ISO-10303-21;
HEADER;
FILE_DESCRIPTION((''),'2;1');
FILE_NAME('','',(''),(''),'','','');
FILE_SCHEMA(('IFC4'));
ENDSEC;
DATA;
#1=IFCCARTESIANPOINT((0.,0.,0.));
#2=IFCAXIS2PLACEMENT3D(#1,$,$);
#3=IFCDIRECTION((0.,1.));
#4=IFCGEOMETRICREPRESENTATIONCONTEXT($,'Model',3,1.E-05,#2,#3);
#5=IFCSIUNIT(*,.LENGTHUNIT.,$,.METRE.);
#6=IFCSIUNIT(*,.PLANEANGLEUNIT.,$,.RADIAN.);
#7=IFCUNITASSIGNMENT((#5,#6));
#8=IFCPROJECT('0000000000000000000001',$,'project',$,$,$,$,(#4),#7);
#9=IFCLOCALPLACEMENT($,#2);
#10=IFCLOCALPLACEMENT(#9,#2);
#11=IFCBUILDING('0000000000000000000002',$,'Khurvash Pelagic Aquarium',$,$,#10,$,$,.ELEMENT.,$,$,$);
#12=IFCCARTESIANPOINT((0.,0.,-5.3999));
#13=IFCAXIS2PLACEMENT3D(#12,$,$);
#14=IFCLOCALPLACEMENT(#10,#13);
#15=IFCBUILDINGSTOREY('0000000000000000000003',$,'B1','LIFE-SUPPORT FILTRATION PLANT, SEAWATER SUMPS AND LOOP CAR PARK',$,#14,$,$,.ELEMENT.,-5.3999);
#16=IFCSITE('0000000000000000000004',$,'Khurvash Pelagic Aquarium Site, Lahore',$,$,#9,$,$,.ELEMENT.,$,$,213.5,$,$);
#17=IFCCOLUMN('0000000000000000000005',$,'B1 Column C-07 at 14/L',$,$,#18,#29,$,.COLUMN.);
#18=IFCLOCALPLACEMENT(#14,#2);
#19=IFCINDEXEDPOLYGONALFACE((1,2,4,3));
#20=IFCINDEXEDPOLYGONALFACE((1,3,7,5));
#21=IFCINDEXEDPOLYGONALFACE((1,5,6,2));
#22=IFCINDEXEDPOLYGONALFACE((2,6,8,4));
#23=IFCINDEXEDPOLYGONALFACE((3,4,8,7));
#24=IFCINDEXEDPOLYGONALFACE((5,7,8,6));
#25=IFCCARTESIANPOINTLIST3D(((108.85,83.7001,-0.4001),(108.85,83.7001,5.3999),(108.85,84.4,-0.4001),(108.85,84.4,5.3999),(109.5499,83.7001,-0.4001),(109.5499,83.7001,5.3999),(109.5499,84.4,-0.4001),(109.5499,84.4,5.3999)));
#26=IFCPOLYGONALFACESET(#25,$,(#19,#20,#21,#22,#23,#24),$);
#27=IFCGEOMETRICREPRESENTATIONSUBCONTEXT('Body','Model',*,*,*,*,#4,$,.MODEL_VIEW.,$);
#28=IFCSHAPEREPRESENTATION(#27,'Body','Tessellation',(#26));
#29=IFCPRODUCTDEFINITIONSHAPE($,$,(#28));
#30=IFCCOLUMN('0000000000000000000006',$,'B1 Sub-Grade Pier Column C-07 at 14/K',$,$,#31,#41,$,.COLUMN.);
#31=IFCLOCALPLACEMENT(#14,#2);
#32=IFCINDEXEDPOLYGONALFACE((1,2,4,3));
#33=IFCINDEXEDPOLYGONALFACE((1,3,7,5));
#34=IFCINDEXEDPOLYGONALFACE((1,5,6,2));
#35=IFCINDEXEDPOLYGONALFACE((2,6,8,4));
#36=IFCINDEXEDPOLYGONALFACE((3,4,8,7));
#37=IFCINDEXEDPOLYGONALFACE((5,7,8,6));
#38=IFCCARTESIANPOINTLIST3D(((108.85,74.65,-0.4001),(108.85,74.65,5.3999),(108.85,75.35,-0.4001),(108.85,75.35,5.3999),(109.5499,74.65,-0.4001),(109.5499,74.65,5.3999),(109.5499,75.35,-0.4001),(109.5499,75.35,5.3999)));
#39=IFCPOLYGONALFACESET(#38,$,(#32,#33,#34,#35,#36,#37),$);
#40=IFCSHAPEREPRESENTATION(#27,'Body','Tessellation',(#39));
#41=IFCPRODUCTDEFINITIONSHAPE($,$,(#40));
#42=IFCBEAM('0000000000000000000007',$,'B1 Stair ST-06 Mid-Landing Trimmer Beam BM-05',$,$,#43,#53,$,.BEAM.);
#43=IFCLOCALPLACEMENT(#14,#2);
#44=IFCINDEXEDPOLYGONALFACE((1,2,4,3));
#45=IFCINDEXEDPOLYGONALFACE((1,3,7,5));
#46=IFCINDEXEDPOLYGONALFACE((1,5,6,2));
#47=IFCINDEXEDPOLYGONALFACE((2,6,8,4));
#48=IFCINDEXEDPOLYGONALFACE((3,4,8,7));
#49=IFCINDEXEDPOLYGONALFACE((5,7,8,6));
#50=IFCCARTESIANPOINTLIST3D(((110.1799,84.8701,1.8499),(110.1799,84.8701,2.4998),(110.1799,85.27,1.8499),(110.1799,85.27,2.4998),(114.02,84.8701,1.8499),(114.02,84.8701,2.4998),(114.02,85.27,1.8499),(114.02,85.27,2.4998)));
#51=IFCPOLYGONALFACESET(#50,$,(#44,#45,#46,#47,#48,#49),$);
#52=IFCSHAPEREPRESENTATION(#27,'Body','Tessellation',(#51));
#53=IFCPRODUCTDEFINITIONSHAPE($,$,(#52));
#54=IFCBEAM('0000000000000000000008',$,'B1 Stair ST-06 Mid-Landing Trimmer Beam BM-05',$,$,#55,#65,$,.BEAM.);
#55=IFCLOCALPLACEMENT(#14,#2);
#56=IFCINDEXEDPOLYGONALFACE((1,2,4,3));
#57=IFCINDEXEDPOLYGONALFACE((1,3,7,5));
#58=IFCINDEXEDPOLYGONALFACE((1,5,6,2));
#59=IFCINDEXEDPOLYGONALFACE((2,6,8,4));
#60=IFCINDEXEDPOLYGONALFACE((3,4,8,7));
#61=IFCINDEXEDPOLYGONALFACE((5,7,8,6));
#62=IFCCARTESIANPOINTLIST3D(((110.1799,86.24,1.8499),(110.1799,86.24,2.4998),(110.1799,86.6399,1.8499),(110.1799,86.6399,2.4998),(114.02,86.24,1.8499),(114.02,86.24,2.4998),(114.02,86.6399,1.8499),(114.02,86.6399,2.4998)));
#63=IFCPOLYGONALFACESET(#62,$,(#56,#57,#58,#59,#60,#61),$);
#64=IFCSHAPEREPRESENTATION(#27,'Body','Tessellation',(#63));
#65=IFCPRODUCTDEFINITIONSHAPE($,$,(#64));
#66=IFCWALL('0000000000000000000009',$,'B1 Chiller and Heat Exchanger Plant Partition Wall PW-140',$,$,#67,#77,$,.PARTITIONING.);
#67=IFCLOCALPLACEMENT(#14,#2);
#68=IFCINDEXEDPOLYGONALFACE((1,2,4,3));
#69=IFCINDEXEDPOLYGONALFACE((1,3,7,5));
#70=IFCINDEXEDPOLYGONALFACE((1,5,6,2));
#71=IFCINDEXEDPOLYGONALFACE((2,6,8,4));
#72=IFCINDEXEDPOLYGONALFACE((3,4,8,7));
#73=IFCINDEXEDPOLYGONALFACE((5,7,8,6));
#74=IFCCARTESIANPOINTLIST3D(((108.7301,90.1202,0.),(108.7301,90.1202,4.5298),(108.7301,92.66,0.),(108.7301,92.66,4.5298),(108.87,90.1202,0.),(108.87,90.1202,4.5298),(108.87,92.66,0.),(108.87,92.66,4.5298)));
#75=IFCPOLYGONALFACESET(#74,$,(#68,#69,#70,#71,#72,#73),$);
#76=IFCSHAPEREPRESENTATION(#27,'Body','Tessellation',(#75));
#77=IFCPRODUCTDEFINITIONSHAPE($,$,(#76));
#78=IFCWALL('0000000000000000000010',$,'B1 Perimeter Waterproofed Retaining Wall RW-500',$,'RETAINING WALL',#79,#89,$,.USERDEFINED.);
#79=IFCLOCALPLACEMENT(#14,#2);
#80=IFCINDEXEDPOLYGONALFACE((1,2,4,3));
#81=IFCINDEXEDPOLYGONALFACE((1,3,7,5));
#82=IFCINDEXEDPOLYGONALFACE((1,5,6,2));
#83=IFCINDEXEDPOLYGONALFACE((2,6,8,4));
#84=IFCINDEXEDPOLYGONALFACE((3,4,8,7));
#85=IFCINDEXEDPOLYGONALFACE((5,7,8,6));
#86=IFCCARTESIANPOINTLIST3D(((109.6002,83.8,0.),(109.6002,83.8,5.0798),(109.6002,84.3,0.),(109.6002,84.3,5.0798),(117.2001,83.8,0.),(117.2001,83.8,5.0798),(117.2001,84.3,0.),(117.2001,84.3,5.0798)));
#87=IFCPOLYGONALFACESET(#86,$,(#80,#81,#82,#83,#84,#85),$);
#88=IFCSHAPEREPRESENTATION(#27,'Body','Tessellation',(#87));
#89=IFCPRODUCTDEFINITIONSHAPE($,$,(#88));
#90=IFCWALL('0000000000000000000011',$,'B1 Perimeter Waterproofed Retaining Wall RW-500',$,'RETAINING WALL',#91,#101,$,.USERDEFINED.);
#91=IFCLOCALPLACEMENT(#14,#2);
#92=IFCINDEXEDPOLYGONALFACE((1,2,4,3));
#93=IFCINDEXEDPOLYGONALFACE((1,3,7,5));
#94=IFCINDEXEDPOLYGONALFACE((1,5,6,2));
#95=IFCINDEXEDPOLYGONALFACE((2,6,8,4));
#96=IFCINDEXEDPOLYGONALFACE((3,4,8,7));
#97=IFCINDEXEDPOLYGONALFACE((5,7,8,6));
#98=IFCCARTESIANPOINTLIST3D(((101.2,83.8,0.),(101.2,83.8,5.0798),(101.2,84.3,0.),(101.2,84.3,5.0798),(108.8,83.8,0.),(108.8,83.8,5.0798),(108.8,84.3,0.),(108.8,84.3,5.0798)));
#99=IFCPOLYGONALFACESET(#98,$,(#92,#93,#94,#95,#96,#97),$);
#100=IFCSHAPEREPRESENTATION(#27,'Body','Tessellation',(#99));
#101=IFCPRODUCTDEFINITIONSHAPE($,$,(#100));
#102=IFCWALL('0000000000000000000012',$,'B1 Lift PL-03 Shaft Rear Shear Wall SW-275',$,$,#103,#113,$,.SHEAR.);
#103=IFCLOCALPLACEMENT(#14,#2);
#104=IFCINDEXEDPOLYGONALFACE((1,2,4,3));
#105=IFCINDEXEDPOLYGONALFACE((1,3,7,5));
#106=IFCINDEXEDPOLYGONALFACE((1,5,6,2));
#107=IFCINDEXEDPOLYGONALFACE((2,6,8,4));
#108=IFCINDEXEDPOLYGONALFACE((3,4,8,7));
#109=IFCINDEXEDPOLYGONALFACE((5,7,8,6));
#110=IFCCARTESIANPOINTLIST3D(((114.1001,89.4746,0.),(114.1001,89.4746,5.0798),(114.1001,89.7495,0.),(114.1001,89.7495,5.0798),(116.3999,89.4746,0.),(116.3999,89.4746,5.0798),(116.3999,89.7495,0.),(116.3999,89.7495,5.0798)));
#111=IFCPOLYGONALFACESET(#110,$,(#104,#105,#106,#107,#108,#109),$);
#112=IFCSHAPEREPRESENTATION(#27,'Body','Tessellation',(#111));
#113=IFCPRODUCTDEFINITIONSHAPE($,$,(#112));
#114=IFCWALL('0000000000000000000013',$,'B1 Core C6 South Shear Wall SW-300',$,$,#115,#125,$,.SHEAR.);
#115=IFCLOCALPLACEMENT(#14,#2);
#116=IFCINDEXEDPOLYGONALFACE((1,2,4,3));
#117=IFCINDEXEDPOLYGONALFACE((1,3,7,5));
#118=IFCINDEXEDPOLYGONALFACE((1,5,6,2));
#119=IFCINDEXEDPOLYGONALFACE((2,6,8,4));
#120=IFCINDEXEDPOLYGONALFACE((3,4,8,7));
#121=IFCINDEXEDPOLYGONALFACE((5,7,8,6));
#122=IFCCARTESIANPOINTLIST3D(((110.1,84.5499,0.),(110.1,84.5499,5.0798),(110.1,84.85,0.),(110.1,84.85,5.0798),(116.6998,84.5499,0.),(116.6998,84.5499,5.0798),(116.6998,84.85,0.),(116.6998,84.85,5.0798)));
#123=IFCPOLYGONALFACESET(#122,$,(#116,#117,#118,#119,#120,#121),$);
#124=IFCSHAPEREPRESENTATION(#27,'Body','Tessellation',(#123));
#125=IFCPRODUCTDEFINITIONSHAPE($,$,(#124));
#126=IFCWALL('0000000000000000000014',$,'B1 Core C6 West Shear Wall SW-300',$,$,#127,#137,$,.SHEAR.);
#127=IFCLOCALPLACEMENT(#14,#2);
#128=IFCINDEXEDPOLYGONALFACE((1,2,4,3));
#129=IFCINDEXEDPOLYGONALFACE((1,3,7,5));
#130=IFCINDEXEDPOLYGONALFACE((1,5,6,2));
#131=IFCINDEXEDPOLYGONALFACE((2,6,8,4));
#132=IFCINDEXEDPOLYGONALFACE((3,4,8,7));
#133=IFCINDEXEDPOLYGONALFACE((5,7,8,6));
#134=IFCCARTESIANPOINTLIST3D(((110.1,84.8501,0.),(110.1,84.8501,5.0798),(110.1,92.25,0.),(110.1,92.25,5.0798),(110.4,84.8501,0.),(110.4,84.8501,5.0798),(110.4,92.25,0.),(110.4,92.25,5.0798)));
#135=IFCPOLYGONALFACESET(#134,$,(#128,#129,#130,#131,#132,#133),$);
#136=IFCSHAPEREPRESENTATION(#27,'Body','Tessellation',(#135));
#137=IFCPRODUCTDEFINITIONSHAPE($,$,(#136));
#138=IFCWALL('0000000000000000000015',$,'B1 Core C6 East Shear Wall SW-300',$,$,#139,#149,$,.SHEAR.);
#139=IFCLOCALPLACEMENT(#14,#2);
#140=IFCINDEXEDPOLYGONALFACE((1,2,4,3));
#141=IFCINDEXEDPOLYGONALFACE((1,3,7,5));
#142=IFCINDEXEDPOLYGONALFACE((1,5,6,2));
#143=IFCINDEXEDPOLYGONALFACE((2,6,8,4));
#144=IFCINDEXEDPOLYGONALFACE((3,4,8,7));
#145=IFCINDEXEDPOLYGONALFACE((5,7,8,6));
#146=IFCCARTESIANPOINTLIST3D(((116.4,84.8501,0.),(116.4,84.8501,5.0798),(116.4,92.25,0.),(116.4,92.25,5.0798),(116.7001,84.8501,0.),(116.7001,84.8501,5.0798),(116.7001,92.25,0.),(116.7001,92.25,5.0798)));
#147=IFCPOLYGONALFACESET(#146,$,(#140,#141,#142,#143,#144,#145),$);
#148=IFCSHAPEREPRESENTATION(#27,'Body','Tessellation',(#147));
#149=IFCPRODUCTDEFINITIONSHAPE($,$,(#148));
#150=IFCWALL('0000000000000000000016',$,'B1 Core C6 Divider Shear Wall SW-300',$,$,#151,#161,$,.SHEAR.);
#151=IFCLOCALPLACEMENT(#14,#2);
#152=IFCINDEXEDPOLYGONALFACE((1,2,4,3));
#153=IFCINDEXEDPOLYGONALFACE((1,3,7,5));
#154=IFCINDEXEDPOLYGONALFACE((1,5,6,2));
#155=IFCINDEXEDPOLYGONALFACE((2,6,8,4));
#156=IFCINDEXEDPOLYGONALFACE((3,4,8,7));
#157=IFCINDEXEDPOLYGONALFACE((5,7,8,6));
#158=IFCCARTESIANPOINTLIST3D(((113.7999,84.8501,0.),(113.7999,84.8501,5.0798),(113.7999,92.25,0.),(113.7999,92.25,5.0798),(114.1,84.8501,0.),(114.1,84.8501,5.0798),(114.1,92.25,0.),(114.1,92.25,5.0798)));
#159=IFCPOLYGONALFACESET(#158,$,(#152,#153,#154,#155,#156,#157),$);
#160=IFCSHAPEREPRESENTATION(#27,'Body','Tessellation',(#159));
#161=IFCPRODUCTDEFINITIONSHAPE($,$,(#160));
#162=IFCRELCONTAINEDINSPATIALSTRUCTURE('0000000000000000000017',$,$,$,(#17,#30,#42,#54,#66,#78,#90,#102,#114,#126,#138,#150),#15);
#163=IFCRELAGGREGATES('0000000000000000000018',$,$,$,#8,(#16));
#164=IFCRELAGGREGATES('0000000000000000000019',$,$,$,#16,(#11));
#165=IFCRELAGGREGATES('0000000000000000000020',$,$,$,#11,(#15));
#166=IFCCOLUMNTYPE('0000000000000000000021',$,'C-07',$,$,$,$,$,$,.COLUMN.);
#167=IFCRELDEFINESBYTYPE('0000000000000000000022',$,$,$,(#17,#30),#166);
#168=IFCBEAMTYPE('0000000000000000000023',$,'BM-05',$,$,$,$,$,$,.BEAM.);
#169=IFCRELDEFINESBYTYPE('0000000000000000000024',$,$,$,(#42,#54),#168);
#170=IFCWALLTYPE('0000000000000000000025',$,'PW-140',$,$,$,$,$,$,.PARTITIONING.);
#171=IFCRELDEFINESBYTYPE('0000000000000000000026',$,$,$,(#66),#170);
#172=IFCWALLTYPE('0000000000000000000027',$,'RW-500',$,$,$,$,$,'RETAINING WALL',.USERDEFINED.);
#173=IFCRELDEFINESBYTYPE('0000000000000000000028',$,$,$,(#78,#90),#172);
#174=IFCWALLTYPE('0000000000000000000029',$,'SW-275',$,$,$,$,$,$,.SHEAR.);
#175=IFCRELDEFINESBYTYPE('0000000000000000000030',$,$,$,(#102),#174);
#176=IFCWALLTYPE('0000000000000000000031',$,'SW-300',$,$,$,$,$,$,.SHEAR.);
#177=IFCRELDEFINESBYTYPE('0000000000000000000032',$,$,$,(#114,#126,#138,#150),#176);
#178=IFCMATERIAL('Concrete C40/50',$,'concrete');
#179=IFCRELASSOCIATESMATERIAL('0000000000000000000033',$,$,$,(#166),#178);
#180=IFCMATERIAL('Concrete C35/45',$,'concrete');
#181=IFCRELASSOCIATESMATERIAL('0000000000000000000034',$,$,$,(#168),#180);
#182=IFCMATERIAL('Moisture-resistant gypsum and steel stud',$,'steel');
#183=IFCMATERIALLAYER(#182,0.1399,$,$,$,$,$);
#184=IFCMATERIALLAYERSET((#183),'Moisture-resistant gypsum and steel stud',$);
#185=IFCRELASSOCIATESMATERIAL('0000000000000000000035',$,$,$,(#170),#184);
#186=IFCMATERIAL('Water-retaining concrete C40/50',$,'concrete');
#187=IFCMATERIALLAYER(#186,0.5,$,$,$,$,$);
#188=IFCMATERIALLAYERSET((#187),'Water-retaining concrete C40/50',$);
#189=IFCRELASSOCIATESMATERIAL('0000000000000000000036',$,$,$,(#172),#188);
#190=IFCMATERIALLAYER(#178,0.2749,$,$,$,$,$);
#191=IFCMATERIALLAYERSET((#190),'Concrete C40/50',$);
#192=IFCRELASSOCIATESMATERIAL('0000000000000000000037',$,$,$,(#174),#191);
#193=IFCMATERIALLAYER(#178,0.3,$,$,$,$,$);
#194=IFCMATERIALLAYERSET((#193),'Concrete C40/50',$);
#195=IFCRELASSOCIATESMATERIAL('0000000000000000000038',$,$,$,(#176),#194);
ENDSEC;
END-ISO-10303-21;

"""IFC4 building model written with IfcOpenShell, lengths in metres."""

from ifc_helpers import new_model, si_unit, direction, frame, frame_2d, origin, origin_2d, place, context, subcontext, project, spatial, rectangle, extrude, material, layer, layer_set, material_profile, profile_set, type_object, element, save


model = new_model("IFC4")

# Units and contexts
model_context = context("Model", 3, precision=1e-05, world=origin(), true_north=direction((0.0, 1.0)))
body_context = subcontext(model_context, "Body", "Model", "MODEL_VIEW")
ifc_project = project(units=[si_unit("LENGTHUNIT", "METRE"), si_unit("PLANEANGLEUNIT", "RADIAN")], contexts=[model_context])

# Site, building, storey
site_placement = place(None, origin())
site = spatial("IfcSite", under=ifc_project, at=site_placement, Name="Khurvash Pelagic Aquarium Site, Lahore", CompositionType="ELEMENT", RefElevation=213.5)
building_placement = place(site_placement, origin())
building = spatial("IfcBuilding", under=site, at=building_placement, Name="Khurvash Pelagic Aquarium", CompositionType="ELEMENT")
storey_placement = place(building_placement, frame((0.0, 0.0, -5.3999)))
storey = spatial("IfcBuildingStorey", under=building, at=storey_placement, Name="B1", Description="LIFE-SUPPORT FILTRATION PLANT, SEAWATER SUMPS AND LOOP CAR PARK", CompositionType="ELEMENT", Elevation=-5.3999)

# Shared definitions
ifc_material_1 = material(Name="Concrete C35/45", Category="concrete")

# Columns
ifc_material_2 = material(Name="Concrete C40/50", Category="concrete")
ifc_material_profile_1 = material_profile(ifc_material_2, rectangle(XDim=0.7, YDim=0.7, at=origin_2d()), Name="RC700X700")
ifc_profile_set_1 = profile_set([ifc_material_profile_1], Name="Concrete C40/50")
column_type = type_object("IfcColumnType", Name="C-07", PredefinedType="COLUMN", material=ifc_profile_set_1)
for number, where, z_axis, x_axis, name in (
    (1, (109.2, 84.05, -0.4001), (0.0, 0.0, 1.0), (1.0, 0.0, 0.0), "B1 Column C-07 at 14/L"),
    (2, (109.2, 75.0, -0.4001), (0.0, 0.0, 1.0), (1.0, 0.0, 0.0), "B1 Sub-Grade Pier Column C-07 at 14/K"),
):
    element("IfcColumn", number, at=place(storey_placement, frame(where, z_axis=z_axis, x_axis=x_axis)), inside=storey, type_object=column_type, Name=name, PredefinedType="COLUMN", context=body_context, shape_type="SweptSolid", body=[
        extrude(rectangle(XDim=0.7, YDim=0.7, at=origin_2d()), origin(), (0.0, 0.0, 1.0), 5.8),
    ])

# Beams
ifc_material_profile_2 = material_profile(ifc_material_1, rectangle(XDim=0.3999, YDim=0.6499, at=origin_2d()), Name="RC400X650")
ifc_profile_set_2 = profile_set([ifc_material_profile_2], Name="Concrete C35/45")
beam_type = type_object("IfcBeamType", Name="BM-05", PredefinedType="BEAM", material=ifc_profile_set_2)
for number, where, z_axis, x_axis, name in (
    (3, (110.1799, 85.0701, 2.1748), (1.0, 0.0, 0.0), (0.0, 1.0, 0.0), "B1 Stair ST-06 Mid-Landing Trimmer Beam BM-05"),
    (4, (110.1799, 86.4399, 2.1748), (1.0, 0.0, 0.0), (0.0, 1.0, 0.0), "B1 Stair ST-06 Mid-Landing Trimmer Beam BM-05"),
):
    element("IfcBeam", number, at=place(storey_placement, frame(where, z_axis=z_axis, x_axis=x_axis)), inside=storey, type_object=beam_type, Name=name, PredefinedType="BEAM", context=body_context, shape_type="SweptSolid", body=[
        extrude(rectangle(XDim=0.3999, YDim=0.6499, at=origin_2d()), origin(), (0.0, 0.0, 1.0), 3.8401),
    ])

# Walls
ifc_material_3 = material(Name="Moisture-resistant gypsum and steel stud", Category="steel")
ifc_layer_1 = layer(ifc_material_3, 0.1399)
ifc_layer_set_1 = layer_set([ifc_layer_1], Name="Moisture-resistant gypsum and steel stud")
wall_type_1 = type_object("IfcWallType", Name="PW-140", PredefinedType="PARTITIONING", material=ifc_layer_set_1)
wall_1_placement = place(storey_placement, frame((108.8, 90.1201, 0.0), z_axis=(0.0, 0.0, 1.0), x_axis=(0.0, 1.0, 0.0)))
element("IfcWall", 5, at=wall_1_placement, inside=storey, type_object=wall_type_1, Name="B1 Chiller and Heat Exchanger Plant Partition Wall PW-140", PredefinedType="PARTITIONING", context=body_context, shape_type="SweptSolid", body=[
    extrude(rectangle(XDim=2.5398, YDim=0.1399, at=frame_2d((1.27, 0.0))), origin(), (0.0, 0.0, 1.0), 4.5298),
])
ifc_material_4 = material(Name="Water-retaining concrete C40/50", Category="concrete")
ifc_layer_2 = layer(ifc_material_4, 0.5)
ifc_layer_set_2 = layer_set([ifc_layer_2], Name="Water-retaining concrete C40/50")
wall_type_2 = type_object("IfcWallType", Name="RW-500", ElementType="RETAINING WALL", PredefinedType="USERDEFINED", material=ifc_layer_set_2)
wall_2_placement = place(storey_placement, frame((117.2, 84.05, 0.0), z_axis=(0.0, 0.0, 1.0), x_axis=(-1.0, 0.0, 0.0)))
element("IfcWall", 6, at=wall_2_placement, inside=storey, type_object=wall_type_2, Name="B1 Perimeter Waterproofed Retaining Wall RW-500", ObjectType="RETAINING WALL", PredefinedType="USERDEFINED", context=body_context, shape_type="SweptSolid", body=[
    extrude(rectangle(XDim=7.5999, YDim=0.5, at=frame_2d((3.7998, 0.0))), origin(), (0.0, 0.0, 1.0), 5.0798),
])
wall_3_placement = place(storey_placement, frame((108.8, 84.05, 0.0), z_axis=(0.0, 0.0, 1.0), x_axis=(-1.0, 0.0, 0.0)))
element("IfcWall", 7, at=wall_3_placement, inside=storey, type_object=wall_type_2, Name="B1 Perimeter Waterproofed Retaining Wall RW-500", ObjectType="RETAINING WALL", PredefinedType="USERDEFINED", context=body_context, shape_type="SweptSolid", body=[
    extrude(rectangle(XDim=7.6001, YDim=0.5, at=frame_2d((3.8, 0.0))), origin(), (0.0, 0.0, 1.0), 5.0798),
])
ifc_layer_3 = layer(ifc_material_2, 0.2749)
ifc_layer_set_3 = layer_set([ifc_layer_3], Name="Concrete C40/50")
wall_type_3 = type_object("IfcWallType", Name="SW-275", PredefinedType="SHEAR", material=ifc_layer_set_3)
wall_4_placement = place(storey_placement, frame((114.1001, 89.6121, 0.0), z_axis=(0.0, 0.0, 1.0), x_axis=(1.0, 0.0, 0.0)))
element("IfcWall", 8, at=wall_4_placement, inside=storey, type_object=wall_type_3, Name="B1 Lift PL-03 Shaft Rear Shear Wall SW-275", PredefinedType="SHEAR", context=body_context, shape_type="SweptSolid", body=[
    extrude(rectangle(XDim=2.2998, YDim=0.2749, at=frame_2d((1.1499, 0.0))), origin(), (0.0, 0.0, 1.0), 5.0798),
])
ifc_layer_4 = layer(ifc_material_2, 0.3)
ifc_layer_set_4 = layer_set([ifc_layer_4], Name="Concrete C40/50")
wall_type_4 = type_object("IfcWallType", Name="SW-300", PredefinedType="SHEAR", material=ifc_layer_set_4)
wall_5_placement = place(storey_placement, frame((110.1001, 84.7, 0.0), z_axis=(0.0, 0.0, 1.0), x_axis=(1.0, 0.0, 0.0)))
element("IfcWall", 9, at=wall_5_placement, inside=storey, type_object=wall_type_4, Name="B1 Core C6 South Shear Wall SW-300", PredefinedType="SHEAR", context=body_context, shape_type="SweptSolid", body=[
    extrude(rectangle(XDim=6.5999, YDim=0.3, at=frame_2d((3.2998, 0.0))), origin(), (0.0, 0.0, 1.0), 5.0798),
])
for number, where, z_axis, x_axis, name in (
    (10, (110.25, 84.8501, 0.0), (0.0, 0.0, 1.0), (0.0, 1.0, 0.0), "B1 Core C6 West Shear Wall SW-300"),
    (11, (116.55, 84.8501, 0.0), (0.0, 0.0, 1.0), (0.0, 1.0, 0.0), "B1 Core C6 East Shear Wall SW-300"),
    (12, (113.95, 84.8501, 0.0), (0.0, 0.0, 1.0), (0.0, 1.0, 0.0), "B1 Core C6 Divider Shear Wall SW-300"),
):
    element("IfcWall", number, at=place(storey_placement, frame(where, z_axis=z_axis, x_axis=x_axis)), inside=storey, type_object=wall_type_4, Name=name, PredefinedType="SHEAR", context=body_context, shape_type="SweptSolid", body=[
        extrude(rectangle(XDim=7.3999, YDim=0.3, at=frame_2d((3.7, 0.0))), origin(), (0.0, 0.0, 1.0), 5.0798),
    ])

save(model, "model.ifc")
